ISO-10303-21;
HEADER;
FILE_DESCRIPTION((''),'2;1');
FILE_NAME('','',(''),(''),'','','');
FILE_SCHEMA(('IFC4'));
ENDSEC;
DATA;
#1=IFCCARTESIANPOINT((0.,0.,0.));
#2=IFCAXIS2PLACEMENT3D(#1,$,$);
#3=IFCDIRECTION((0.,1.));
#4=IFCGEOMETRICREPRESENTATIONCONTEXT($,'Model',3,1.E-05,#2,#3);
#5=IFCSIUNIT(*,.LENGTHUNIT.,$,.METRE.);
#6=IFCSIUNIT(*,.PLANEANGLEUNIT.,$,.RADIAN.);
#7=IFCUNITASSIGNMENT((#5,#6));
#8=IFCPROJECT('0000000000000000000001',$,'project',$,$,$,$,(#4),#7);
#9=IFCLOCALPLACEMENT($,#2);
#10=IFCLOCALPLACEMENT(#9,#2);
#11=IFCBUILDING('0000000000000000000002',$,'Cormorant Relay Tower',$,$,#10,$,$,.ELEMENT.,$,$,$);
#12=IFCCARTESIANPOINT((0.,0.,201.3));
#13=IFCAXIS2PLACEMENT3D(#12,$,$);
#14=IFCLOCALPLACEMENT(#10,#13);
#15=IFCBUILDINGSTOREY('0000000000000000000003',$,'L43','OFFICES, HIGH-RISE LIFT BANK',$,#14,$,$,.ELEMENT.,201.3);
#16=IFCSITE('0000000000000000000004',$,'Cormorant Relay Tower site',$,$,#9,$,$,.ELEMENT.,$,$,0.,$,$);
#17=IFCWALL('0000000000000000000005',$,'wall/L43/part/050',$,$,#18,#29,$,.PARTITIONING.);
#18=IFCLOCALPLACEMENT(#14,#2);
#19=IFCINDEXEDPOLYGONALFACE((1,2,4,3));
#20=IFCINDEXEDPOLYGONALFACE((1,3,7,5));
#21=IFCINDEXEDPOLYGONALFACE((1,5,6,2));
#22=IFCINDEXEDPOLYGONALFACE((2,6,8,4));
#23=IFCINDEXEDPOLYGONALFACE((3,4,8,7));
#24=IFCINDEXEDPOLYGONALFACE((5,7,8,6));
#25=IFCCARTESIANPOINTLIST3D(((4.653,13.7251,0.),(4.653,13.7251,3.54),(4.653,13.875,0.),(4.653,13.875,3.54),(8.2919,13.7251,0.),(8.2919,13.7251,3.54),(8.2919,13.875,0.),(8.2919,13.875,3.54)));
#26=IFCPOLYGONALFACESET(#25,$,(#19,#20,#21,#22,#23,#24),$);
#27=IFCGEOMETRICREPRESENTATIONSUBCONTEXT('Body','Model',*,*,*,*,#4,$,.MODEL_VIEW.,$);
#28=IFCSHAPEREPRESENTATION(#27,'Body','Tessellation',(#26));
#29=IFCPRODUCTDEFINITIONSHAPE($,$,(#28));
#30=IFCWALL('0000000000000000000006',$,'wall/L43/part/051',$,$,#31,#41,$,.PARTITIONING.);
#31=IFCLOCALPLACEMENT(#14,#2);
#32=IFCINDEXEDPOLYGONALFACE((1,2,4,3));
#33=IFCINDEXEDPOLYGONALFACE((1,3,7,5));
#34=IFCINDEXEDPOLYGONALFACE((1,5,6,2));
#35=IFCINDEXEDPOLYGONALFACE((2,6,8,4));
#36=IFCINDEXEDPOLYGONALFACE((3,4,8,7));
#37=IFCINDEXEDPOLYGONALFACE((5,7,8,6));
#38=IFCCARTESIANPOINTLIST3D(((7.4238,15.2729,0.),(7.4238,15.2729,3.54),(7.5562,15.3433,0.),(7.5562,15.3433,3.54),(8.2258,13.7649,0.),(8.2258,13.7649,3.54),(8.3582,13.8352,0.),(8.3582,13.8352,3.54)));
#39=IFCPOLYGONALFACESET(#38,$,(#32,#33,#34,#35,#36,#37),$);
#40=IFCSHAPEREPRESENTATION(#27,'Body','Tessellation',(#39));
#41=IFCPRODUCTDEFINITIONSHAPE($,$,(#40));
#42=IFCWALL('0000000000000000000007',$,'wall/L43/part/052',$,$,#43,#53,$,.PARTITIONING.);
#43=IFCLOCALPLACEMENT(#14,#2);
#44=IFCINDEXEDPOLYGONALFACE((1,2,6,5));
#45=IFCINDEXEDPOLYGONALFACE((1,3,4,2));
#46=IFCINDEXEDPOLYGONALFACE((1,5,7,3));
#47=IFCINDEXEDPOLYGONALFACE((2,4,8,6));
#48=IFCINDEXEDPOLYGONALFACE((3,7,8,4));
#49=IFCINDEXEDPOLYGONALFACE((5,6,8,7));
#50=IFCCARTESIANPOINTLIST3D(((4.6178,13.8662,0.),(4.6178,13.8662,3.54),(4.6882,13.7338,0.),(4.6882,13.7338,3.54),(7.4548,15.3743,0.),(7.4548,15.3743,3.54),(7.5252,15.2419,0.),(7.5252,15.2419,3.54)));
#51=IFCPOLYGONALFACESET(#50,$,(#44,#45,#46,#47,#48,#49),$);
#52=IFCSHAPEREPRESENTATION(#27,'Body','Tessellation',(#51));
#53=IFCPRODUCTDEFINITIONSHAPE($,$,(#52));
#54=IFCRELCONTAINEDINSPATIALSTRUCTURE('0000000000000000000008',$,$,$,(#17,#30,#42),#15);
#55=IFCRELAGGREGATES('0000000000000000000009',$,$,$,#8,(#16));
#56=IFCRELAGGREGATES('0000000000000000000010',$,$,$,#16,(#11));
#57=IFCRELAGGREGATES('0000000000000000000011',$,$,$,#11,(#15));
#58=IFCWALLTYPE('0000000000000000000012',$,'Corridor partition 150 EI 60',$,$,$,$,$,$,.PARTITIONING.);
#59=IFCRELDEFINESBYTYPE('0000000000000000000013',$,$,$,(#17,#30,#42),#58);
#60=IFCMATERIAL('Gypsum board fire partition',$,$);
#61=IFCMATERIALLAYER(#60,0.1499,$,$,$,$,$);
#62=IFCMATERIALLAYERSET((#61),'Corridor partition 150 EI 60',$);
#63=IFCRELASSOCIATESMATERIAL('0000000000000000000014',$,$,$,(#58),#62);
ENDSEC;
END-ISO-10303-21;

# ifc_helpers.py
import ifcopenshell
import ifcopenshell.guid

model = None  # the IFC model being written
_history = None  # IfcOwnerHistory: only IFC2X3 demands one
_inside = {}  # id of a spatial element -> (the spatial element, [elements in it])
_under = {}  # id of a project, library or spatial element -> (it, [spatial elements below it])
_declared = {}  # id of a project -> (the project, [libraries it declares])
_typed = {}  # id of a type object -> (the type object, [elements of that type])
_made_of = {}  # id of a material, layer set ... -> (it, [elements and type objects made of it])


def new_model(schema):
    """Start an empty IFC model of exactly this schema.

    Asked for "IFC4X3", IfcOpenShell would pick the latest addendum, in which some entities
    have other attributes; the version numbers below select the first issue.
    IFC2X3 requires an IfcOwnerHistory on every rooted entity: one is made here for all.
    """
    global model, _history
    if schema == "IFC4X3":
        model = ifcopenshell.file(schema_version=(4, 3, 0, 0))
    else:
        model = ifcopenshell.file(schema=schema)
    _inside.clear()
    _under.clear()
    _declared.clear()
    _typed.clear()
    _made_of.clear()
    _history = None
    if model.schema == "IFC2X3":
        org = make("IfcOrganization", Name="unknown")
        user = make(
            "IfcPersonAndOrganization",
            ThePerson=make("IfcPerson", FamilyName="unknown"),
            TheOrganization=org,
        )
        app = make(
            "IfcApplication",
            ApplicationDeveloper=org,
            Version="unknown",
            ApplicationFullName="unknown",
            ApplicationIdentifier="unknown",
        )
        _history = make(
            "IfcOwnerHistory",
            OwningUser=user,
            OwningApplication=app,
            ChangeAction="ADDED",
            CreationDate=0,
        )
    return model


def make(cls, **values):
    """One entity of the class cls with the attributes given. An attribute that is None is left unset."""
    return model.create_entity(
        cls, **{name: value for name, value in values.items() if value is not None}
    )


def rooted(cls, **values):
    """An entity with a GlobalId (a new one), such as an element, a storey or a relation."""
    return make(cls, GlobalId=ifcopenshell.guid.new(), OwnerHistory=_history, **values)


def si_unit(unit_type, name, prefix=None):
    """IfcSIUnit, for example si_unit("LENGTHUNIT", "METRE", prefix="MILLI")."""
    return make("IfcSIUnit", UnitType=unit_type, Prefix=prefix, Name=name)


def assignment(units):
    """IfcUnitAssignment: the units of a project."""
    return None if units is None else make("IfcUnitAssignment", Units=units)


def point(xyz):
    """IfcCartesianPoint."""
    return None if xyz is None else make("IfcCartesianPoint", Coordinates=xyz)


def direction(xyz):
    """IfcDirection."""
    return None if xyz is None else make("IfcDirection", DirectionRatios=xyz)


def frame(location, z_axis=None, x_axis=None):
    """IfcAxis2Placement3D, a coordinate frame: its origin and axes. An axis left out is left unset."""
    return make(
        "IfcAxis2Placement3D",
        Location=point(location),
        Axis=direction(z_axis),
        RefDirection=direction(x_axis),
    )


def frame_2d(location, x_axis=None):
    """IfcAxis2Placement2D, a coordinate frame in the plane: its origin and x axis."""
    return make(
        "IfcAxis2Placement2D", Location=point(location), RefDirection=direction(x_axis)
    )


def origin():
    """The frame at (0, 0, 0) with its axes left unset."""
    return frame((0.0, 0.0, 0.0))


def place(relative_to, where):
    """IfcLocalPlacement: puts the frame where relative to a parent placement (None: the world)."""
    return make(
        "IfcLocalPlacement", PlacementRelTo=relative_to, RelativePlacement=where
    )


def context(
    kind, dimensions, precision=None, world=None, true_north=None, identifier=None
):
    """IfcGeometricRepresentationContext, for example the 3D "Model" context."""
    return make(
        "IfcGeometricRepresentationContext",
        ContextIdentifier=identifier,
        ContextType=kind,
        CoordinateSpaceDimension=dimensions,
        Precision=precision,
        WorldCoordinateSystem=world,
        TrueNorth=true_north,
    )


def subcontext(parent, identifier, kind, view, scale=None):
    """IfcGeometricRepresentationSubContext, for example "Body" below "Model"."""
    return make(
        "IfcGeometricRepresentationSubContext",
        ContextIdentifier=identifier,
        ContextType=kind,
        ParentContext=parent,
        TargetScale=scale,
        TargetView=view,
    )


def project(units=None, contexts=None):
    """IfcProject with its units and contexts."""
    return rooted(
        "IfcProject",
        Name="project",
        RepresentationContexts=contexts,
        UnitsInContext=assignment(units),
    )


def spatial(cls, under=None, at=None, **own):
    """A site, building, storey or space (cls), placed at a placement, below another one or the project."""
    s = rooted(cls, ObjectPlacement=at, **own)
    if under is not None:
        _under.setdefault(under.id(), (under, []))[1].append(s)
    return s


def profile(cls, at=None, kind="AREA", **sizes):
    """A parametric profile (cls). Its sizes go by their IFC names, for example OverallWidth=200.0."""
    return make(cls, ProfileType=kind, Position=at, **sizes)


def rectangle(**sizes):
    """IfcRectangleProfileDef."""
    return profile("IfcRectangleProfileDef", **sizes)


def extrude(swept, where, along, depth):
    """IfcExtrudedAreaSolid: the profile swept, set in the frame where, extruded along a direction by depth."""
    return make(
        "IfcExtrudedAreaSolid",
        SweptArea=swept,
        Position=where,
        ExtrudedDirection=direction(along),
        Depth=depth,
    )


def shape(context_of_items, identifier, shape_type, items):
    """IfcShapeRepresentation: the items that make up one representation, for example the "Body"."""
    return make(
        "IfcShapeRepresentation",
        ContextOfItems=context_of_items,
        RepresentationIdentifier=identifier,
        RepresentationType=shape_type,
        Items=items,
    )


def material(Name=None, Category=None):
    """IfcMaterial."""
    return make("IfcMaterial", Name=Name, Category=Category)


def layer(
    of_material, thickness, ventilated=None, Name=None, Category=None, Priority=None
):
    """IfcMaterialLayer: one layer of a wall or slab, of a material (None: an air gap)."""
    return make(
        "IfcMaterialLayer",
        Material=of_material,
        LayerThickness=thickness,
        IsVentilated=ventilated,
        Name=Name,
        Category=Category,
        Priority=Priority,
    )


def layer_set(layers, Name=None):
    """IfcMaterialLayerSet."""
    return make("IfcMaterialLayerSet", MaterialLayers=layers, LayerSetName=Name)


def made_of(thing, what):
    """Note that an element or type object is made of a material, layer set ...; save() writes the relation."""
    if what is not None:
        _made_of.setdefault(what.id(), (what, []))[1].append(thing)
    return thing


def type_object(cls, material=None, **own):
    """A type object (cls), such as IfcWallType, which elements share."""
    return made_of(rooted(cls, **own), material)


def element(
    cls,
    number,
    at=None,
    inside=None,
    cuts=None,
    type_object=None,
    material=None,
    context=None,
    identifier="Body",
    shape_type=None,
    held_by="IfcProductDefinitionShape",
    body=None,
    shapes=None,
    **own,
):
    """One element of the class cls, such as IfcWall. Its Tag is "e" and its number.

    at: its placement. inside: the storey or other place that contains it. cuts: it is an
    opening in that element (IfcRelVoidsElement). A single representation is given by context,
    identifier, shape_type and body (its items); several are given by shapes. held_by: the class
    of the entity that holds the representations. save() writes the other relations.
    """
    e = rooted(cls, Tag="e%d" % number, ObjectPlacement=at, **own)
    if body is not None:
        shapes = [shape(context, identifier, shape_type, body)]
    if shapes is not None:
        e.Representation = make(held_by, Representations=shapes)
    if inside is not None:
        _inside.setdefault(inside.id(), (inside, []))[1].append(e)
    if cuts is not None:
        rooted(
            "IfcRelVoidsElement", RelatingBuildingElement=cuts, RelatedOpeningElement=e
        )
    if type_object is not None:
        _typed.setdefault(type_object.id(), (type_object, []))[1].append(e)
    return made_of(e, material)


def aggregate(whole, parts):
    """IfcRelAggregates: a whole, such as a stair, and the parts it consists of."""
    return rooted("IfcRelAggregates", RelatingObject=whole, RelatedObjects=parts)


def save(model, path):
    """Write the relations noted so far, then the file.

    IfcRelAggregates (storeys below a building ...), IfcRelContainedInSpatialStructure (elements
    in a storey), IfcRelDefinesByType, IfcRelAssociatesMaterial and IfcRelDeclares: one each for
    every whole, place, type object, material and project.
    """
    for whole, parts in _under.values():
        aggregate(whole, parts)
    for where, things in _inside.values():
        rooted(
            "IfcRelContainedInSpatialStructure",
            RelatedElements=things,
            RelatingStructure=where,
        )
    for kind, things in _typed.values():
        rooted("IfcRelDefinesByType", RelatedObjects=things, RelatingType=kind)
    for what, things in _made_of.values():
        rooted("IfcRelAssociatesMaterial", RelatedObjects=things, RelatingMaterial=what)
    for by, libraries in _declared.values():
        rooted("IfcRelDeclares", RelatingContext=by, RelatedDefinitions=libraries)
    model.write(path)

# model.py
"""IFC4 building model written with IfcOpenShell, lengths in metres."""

from ifc_helpers import new_model, si_unit, direction, frame, frame_2d, origin, place, context, subcontext, project, spatial, rectangle, extrude, material, layer, layer_set, type_object, element, save


model = new_model("IFC4")

# Units and contexts
model_context = context("Model", 3, precision=1e-05, world=origin(), true_north=direction((0.0, 1.0)))
body_context = subcontext(model_context, "Body", "Model", "MODEL_VIEW")
ifc_project = project(units=[si_unit("LENGTHUNIT", "METRE"), si_unit("PLANEANGLEUNIT", "RADIAN")], contexts=[model_context])

# Site, building, storey
site_placement = place(None, origin())
site = spatial("IfcSite", under=ifc_project, at=site_placement, Name="Cormorant Relay Tower site", CompositionType="ELEMENT", RefElevation=0.0)
building_placement = place(site_placement, origin())
building = spatial("IfcBuilding", under=site, at=building_placement, Name="Cormorant Relay Tower", CompositionType="ELEMENT")
storey_placement = place(building_placement, frame((0.0, 0.0, 201.3)))
storey = spatial("IfcBuildingStorey", under=building, at=storey_placement, Name="L43", Description="OFFICES, HIGH-RISE LIFT BANK", CompositionType="ELEMENT", Elevation=201.3)

# Shared definitions
ifc_material_1 = material(Name="Gypsum board fire partition")
ifc_layer_1 = layer(ifc_material_1, 0.1499)
ifc_layer_set_1 = layer_set([ifc_layer_1], Name="Corridor partition 150 EI 60")
wall_type_1 = type_object("IfcWallType", Name="Corridor partition 150 EI 60", PredefinedType="PARTITIONING", material=ifc_layer_set_1)

# Walls
wall_1_placement = place(storey_placement, frame((4.6531, 13.8, 0.0), z_axis=(0.0, 0.0, 1.0), x_axis=(1.0, 0.0, 0.0)))
element("IfcWall", 1, at=wall_1_placement, inside=storey, type_object=wall_type_1, Name="wall/L43/part/050", PredefinedType="PARTITIONING", context=body_context, shape_type="SweptSolid", body=[
    extrude(rectangle(XDim=3.6389, YDim=0.1499, at=frame_2d((1.8193, 0.0))), origin(), (0.0, 0.0, 1.0), 3.54),
])
wall_2_placement = place(storey_placement, frame((8.292, 13.8, 0.0), z_axis=(0.0, 0.0, 1.0), x_axis=(-0.469542, 0.88291, 0.0)))
element("IfcWall", 2, at=wall_2_placement, inside=storey, type_object=wall_type_1, Name="wall/L43/part/051", PredefinedType="PARTITIONING", context=body_context, shape_type="SweptSolid", body=[
    extrude(rectangle(XDim=1.708, YDim=0.1499, at=frame_2d((0.854, 0.0))), origin(), (0.0, 0.0, 1.0), 3.54),
])
wall_3_placement = place(storey_placement, frame((7.49, 15.3081, 0.0), z_axis=(0.0, 0.0, 1.0), x_axis=(-0.882994, -0.469385, 0.0)))
element("IfcWall", 3, at=wall_3_placement, inside=storey, type_object=wall_type_1, Name="wall/L43/part/052", PredefinedType="PARTITIONING", context=body_context, shape_type="SweptSolid", body=[
    extrude(rectangle(XDim=3.2129, YDim=0.1499, at=frame_2d((1.6064, 0.0))), origin(), (0.0, 0.0, 1.0), 3.54),
])

save(model, "model.ifc")
